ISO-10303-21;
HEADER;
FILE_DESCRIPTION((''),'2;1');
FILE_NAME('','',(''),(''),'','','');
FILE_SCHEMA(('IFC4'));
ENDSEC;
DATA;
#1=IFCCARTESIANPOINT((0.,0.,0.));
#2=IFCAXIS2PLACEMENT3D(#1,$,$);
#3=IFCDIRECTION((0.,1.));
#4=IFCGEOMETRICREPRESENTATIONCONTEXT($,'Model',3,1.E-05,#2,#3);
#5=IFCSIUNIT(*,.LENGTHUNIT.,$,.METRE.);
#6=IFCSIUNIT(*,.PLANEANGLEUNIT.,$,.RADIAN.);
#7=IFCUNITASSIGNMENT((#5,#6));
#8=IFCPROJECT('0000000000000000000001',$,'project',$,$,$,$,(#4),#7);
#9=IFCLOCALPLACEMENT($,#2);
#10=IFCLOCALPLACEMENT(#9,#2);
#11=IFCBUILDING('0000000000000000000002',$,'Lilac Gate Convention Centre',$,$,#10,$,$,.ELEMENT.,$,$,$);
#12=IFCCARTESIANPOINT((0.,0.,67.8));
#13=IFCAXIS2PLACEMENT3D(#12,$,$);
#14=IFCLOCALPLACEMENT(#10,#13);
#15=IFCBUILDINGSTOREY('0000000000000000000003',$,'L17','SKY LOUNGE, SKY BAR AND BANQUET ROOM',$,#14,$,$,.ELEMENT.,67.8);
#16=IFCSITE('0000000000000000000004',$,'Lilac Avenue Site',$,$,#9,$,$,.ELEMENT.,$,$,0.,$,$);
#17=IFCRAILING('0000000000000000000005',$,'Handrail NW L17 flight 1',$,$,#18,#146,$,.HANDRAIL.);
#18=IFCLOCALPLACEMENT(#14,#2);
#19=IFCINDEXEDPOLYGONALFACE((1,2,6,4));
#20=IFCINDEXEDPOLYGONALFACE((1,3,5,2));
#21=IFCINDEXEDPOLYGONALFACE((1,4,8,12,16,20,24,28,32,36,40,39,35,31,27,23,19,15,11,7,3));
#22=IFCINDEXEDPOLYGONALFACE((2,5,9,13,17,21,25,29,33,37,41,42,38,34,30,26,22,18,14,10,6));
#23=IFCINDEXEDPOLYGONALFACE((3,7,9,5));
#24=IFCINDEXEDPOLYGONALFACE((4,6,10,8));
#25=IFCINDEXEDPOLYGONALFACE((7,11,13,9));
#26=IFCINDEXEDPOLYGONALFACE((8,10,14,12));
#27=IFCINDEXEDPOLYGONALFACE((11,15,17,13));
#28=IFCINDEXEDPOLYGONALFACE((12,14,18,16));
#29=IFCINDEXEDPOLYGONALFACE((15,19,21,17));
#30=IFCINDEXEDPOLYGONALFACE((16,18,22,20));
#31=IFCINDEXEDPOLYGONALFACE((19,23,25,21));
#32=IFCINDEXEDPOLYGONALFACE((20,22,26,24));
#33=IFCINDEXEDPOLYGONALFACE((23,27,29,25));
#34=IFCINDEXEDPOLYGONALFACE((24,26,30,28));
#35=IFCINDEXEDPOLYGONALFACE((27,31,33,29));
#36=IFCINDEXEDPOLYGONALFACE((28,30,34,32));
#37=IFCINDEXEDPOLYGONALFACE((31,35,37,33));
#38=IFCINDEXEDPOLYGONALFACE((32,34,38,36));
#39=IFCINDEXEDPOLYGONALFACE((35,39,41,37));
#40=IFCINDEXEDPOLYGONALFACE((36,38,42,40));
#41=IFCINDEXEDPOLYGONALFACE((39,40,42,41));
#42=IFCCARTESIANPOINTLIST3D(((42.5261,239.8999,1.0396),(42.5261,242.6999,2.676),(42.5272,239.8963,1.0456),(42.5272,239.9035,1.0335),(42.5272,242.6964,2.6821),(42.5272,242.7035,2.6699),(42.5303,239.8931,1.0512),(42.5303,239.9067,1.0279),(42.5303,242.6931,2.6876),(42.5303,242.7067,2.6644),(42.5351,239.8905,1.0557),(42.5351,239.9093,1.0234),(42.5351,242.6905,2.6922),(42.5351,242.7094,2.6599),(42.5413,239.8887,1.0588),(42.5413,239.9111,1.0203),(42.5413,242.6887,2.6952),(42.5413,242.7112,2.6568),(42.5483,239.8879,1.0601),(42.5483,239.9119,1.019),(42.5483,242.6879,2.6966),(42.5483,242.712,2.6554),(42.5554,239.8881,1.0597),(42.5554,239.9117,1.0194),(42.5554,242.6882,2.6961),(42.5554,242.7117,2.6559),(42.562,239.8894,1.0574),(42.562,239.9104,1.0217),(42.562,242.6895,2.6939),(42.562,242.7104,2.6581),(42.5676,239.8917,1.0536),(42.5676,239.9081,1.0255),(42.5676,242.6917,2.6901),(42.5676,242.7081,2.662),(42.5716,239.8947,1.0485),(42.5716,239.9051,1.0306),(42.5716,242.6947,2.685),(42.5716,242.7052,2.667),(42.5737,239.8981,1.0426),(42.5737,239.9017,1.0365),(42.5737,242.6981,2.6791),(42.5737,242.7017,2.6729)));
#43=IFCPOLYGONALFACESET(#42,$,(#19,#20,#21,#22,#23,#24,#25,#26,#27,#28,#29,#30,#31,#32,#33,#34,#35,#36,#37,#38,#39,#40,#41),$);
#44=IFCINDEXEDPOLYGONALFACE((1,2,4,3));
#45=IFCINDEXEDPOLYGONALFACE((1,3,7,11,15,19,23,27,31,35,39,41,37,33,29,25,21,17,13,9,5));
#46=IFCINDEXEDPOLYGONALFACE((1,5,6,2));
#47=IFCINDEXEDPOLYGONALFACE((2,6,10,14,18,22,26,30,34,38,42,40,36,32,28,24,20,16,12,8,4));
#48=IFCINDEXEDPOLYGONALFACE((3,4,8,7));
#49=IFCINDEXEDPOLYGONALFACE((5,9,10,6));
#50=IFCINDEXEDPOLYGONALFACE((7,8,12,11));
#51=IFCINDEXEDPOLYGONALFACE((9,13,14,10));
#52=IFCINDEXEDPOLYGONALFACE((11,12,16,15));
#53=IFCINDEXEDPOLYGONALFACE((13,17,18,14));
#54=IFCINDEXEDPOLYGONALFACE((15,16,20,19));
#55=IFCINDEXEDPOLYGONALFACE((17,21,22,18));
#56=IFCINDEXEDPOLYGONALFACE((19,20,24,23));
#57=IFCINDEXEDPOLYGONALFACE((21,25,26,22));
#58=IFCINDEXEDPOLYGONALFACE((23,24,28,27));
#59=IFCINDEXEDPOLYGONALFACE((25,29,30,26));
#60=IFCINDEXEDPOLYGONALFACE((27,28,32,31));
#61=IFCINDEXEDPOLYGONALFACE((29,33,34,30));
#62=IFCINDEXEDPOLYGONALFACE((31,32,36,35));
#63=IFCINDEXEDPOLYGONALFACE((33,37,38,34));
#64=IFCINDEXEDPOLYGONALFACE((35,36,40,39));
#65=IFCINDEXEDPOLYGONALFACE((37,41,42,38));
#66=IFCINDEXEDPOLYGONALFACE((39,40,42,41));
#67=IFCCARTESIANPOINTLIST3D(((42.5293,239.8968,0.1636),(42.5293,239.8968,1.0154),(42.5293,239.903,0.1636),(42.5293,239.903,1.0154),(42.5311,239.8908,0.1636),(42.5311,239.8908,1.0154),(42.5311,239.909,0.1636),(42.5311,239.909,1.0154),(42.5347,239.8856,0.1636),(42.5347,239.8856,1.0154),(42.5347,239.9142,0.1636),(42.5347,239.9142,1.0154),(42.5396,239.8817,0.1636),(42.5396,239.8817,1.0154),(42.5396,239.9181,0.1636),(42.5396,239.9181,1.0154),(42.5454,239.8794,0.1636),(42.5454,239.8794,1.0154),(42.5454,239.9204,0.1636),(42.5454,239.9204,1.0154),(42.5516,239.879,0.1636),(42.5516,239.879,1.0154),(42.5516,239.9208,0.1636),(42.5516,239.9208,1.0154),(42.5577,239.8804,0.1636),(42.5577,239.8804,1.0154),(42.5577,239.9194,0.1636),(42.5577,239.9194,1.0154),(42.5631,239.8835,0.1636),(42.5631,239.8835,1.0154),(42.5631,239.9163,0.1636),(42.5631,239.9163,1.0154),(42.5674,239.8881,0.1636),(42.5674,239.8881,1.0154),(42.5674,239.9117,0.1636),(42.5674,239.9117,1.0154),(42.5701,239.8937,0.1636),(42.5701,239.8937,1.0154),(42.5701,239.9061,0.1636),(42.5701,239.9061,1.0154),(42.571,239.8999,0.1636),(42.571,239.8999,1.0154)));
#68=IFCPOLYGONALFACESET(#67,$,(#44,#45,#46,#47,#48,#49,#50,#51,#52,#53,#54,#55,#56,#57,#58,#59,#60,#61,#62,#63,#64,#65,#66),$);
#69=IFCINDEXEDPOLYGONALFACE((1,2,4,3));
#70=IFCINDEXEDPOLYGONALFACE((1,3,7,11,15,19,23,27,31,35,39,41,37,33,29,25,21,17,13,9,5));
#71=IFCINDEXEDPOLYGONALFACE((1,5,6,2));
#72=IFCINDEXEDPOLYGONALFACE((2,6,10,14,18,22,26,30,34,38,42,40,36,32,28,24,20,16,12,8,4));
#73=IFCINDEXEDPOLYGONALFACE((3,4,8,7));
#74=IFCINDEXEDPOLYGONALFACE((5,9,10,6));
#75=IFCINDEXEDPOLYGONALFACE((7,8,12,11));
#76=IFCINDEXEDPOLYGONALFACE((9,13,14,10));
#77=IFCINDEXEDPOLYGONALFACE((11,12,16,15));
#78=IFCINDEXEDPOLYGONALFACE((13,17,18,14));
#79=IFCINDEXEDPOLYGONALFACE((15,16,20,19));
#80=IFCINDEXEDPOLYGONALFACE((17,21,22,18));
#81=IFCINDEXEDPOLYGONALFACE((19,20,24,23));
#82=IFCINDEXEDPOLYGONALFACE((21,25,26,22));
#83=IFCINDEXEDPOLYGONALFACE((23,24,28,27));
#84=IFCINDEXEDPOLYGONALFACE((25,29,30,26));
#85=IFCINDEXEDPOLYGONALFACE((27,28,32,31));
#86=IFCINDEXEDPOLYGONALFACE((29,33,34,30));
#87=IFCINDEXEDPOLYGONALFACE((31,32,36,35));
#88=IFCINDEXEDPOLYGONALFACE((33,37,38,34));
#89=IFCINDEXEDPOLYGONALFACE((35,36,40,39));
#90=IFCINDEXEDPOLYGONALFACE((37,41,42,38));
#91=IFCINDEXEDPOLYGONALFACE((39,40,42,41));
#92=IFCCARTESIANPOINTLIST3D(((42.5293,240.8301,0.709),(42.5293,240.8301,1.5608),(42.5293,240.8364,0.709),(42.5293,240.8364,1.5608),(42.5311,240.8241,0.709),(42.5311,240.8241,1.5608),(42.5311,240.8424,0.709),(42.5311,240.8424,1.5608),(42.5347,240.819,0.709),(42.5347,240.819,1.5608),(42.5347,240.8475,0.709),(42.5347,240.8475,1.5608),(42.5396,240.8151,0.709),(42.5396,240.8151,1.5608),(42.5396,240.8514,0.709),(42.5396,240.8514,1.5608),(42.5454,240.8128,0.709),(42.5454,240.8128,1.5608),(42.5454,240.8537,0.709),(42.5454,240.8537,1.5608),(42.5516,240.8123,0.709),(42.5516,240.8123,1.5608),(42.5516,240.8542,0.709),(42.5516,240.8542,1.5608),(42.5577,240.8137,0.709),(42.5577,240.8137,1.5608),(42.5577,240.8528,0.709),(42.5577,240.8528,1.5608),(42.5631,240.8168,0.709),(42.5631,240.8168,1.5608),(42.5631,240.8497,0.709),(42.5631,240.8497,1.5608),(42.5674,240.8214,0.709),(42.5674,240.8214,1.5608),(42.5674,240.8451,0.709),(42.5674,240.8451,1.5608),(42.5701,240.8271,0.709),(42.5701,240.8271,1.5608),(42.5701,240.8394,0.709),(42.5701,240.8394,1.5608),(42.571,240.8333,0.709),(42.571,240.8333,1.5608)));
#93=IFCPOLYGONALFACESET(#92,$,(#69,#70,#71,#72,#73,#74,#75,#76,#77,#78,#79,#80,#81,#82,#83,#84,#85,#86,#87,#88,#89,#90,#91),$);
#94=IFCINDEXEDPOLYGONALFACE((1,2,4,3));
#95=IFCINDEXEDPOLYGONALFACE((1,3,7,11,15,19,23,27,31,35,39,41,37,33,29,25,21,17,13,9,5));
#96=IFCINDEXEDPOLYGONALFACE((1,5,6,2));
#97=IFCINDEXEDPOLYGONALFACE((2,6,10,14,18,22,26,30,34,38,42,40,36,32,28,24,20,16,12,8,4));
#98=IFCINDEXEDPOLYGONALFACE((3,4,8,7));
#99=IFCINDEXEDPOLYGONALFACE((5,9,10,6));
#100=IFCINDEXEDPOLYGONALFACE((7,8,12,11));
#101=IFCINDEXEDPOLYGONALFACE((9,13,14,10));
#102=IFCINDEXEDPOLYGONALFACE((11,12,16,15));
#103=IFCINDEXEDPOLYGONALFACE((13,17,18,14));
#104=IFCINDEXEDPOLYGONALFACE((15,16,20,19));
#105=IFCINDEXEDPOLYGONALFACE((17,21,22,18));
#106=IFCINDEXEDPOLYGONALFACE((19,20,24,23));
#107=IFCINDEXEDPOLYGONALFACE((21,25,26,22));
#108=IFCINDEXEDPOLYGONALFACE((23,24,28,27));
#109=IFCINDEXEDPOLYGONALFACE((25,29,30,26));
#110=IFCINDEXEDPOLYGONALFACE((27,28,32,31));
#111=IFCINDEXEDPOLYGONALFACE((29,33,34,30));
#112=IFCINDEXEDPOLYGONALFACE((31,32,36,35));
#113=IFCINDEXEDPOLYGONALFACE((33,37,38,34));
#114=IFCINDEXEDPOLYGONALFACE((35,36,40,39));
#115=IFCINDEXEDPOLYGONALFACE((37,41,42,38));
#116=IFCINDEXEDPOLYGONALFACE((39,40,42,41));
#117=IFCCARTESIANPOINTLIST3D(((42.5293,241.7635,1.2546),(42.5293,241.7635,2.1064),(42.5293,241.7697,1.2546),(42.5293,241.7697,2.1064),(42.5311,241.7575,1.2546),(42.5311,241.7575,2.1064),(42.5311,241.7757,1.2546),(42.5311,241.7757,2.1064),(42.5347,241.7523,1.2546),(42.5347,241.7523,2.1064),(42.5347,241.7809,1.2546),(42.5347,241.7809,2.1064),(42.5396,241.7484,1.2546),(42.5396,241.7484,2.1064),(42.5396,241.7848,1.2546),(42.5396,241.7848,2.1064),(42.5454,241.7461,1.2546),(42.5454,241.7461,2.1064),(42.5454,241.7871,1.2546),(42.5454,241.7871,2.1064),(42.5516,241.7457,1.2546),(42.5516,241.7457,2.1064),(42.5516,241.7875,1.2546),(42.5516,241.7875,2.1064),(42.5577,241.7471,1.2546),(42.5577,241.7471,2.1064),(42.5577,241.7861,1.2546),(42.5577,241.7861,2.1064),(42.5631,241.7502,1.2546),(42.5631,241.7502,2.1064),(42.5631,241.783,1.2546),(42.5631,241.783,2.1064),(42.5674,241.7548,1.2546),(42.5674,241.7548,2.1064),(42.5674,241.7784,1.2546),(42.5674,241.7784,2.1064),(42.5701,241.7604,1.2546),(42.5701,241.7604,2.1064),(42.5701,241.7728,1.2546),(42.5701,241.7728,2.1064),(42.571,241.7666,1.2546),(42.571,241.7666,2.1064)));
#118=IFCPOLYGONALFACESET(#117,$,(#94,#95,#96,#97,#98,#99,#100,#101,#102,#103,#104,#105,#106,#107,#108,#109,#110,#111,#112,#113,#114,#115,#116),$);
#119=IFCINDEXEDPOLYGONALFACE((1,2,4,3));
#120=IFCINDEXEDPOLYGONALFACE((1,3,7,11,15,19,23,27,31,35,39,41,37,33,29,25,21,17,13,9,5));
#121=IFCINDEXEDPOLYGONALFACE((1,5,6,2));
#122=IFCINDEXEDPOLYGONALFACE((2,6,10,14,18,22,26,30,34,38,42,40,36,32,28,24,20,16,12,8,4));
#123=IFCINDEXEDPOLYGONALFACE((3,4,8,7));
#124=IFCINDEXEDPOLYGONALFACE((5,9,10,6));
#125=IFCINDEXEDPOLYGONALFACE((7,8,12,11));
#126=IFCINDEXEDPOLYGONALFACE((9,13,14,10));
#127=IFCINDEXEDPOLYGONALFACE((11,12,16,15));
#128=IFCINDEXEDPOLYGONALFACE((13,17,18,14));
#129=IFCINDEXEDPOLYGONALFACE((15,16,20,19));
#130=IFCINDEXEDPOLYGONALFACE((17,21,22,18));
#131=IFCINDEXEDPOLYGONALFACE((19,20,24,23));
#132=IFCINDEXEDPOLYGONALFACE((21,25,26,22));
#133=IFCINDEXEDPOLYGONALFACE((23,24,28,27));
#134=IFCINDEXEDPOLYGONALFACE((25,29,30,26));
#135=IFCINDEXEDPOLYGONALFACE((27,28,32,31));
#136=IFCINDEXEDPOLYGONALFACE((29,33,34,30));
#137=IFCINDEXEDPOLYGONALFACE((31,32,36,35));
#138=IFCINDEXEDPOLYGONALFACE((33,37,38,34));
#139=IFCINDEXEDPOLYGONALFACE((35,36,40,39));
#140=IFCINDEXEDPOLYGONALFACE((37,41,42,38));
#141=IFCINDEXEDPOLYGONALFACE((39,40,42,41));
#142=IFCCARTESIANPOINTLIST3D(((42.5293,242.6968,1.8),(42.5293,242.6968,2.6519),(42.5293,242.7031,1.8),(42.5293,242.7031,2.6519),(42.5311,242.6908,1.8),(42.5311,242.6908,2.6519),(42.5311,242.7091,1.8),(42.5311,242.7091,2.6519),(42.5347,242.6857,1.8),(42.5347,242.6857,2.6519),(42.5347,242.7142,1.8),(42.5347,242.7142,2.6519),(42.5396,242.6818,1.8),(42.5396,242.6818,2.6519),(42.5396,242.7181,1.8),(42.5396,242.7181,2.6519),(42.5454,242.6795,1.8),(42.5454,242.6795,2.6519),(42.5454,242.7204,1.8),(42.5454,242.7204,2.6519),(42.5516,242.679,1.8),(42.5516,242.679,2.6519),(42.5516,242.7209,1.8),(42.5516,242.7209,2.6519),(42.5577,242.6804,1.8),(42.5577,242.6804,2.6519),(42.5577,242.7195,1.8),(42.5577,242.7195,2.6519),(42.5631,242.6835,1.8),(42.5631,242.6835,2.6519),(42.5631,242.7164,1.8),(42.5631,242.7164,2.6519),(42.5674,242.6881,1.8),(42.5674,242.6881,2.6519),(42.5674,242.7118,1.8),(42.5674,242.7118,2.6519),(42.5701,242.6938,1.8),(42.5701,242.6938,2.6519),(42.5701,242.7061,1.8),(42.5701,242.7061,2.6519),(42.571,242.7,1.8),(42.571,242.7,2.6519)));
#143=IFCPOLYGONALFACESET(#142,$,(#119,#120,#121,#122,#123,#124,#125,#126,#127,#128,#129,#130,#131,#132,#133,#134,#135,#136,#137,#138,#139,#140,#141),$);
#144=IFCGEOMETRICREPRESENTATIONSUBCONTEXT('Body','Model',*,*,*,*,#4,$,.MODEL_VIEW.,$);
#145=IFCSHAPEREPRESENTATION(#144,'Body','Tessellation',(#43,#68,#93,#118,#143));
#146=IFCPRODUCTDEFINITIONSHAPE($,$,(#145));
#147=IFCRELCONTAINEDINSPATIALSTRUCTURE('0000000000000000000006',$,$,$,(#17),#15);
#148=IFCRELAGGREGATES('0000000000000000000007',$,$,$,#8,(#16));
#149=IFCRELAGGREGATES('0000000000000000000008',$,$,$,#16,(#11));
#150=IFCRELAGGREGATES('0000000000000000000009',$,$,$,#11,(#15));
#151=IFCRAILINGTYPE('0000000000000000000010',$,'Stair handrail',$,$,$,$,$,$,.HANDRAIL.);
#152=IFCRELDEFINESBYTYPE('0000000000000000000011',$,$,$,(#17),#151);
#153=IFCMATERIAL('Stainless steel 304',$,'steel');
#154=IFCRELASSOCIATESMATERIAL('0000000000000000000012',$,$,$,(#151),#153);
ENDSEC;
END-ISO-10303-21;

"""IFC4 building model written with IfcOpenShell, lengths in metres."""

from ifc_helpers import new_model, si_unit, direction, frame, origin, origin_2d, place, context, subcontext, project, spatial, circle, extrude, material, type_object, element, save


model = new_model("IFC4")

# Units and contexts
model_context = context("Model", 3, precision=1e-05, world=origin(), true_north=direction((0.0, 1.0)))
body_context = subcontext(model_context, "Body", "Model", "MODEL_VIEW")
ifc_project = project(units=[si_unit("LENGTHUNIT", "METRE"), si_unit("PLANEANGLEUNIT", "RADIAN")], contexts=[model_context])

# Site, building, storey
site_placement = place(None, origin())
site = spatial("IfcSite", under=ifc_project, at=site_placement, Name="Lilac Avenue Site", CompositionType="ELEMENT", RefElevation=0.0)
building_placement = place(site_placement, origin())
building = spatial("IfcBuilding", under=site, at=building_placement, Name="Lilac Gate Convention Centre", CompositionType="ELEMENT")
storey_placement = place(building_placement, frame((0.0, 0.0, 67.8)))
storey = spatial("IfcBuildingStorey", under=building, at=storey_placement, Name="L17", Description="SKY LOUNGE, SKY BAR AND BANQUET ROOM", CompositionType="ELEMENT", Elevation=67.8)

# Railing
ifc_material_1 = material(Name="Stainless steel 304", Category="steel")
railing_type = type_object("IfcRailingType", Name="Stair handrail", PredefinedType="HANDRAIL", material=ifc_material_1)
for number, where, name in (
    (1, (42.55, 239.8999, 0.1636), "Handrail NW L17 flight 1"),
):
    element("IfcRailing", number, at=place(storey_placement, frame(where)), inside=storey, type_object=railing_type, Name=name, PredefinedType="HANDRAIL", context=body_context, shape_type="SweptSolid", body=[
        extrude(circle(Radius=0.0239, at=origin_2d()), frame((0.0, 0.0, 0.876), z_axis=(0.0, 0.863361, 0.504587), x_axis=(-1.0, 0.0, 0.0)), (0.0, 0.0, 1.0), 3.2432),
        extrude(circle(Radius=0.021, at=origin_2d()), origin(), (0.0, 0.0, 1.0), 0.8518),
        extrude(circle(Radius=0.021, at=origin_2d()), frame((0.0, 0.9333, 0.5454)), (0.0, 0.0, 1.0), 0.8518),
        extrude(circle(Radius=0.021, at=origin_2d()), frame((0.0, 1.8667, 1.0911)), (0.0, 0.0, 1.0), 0.8518),
        extrude(circle(Radius=0.021, at=origin_2d()), frame((0.0, 2.8, 1.6365)), (0.0, 0.0, 1.0), 0.8518),
    ])

save(model, "model.ifc")
